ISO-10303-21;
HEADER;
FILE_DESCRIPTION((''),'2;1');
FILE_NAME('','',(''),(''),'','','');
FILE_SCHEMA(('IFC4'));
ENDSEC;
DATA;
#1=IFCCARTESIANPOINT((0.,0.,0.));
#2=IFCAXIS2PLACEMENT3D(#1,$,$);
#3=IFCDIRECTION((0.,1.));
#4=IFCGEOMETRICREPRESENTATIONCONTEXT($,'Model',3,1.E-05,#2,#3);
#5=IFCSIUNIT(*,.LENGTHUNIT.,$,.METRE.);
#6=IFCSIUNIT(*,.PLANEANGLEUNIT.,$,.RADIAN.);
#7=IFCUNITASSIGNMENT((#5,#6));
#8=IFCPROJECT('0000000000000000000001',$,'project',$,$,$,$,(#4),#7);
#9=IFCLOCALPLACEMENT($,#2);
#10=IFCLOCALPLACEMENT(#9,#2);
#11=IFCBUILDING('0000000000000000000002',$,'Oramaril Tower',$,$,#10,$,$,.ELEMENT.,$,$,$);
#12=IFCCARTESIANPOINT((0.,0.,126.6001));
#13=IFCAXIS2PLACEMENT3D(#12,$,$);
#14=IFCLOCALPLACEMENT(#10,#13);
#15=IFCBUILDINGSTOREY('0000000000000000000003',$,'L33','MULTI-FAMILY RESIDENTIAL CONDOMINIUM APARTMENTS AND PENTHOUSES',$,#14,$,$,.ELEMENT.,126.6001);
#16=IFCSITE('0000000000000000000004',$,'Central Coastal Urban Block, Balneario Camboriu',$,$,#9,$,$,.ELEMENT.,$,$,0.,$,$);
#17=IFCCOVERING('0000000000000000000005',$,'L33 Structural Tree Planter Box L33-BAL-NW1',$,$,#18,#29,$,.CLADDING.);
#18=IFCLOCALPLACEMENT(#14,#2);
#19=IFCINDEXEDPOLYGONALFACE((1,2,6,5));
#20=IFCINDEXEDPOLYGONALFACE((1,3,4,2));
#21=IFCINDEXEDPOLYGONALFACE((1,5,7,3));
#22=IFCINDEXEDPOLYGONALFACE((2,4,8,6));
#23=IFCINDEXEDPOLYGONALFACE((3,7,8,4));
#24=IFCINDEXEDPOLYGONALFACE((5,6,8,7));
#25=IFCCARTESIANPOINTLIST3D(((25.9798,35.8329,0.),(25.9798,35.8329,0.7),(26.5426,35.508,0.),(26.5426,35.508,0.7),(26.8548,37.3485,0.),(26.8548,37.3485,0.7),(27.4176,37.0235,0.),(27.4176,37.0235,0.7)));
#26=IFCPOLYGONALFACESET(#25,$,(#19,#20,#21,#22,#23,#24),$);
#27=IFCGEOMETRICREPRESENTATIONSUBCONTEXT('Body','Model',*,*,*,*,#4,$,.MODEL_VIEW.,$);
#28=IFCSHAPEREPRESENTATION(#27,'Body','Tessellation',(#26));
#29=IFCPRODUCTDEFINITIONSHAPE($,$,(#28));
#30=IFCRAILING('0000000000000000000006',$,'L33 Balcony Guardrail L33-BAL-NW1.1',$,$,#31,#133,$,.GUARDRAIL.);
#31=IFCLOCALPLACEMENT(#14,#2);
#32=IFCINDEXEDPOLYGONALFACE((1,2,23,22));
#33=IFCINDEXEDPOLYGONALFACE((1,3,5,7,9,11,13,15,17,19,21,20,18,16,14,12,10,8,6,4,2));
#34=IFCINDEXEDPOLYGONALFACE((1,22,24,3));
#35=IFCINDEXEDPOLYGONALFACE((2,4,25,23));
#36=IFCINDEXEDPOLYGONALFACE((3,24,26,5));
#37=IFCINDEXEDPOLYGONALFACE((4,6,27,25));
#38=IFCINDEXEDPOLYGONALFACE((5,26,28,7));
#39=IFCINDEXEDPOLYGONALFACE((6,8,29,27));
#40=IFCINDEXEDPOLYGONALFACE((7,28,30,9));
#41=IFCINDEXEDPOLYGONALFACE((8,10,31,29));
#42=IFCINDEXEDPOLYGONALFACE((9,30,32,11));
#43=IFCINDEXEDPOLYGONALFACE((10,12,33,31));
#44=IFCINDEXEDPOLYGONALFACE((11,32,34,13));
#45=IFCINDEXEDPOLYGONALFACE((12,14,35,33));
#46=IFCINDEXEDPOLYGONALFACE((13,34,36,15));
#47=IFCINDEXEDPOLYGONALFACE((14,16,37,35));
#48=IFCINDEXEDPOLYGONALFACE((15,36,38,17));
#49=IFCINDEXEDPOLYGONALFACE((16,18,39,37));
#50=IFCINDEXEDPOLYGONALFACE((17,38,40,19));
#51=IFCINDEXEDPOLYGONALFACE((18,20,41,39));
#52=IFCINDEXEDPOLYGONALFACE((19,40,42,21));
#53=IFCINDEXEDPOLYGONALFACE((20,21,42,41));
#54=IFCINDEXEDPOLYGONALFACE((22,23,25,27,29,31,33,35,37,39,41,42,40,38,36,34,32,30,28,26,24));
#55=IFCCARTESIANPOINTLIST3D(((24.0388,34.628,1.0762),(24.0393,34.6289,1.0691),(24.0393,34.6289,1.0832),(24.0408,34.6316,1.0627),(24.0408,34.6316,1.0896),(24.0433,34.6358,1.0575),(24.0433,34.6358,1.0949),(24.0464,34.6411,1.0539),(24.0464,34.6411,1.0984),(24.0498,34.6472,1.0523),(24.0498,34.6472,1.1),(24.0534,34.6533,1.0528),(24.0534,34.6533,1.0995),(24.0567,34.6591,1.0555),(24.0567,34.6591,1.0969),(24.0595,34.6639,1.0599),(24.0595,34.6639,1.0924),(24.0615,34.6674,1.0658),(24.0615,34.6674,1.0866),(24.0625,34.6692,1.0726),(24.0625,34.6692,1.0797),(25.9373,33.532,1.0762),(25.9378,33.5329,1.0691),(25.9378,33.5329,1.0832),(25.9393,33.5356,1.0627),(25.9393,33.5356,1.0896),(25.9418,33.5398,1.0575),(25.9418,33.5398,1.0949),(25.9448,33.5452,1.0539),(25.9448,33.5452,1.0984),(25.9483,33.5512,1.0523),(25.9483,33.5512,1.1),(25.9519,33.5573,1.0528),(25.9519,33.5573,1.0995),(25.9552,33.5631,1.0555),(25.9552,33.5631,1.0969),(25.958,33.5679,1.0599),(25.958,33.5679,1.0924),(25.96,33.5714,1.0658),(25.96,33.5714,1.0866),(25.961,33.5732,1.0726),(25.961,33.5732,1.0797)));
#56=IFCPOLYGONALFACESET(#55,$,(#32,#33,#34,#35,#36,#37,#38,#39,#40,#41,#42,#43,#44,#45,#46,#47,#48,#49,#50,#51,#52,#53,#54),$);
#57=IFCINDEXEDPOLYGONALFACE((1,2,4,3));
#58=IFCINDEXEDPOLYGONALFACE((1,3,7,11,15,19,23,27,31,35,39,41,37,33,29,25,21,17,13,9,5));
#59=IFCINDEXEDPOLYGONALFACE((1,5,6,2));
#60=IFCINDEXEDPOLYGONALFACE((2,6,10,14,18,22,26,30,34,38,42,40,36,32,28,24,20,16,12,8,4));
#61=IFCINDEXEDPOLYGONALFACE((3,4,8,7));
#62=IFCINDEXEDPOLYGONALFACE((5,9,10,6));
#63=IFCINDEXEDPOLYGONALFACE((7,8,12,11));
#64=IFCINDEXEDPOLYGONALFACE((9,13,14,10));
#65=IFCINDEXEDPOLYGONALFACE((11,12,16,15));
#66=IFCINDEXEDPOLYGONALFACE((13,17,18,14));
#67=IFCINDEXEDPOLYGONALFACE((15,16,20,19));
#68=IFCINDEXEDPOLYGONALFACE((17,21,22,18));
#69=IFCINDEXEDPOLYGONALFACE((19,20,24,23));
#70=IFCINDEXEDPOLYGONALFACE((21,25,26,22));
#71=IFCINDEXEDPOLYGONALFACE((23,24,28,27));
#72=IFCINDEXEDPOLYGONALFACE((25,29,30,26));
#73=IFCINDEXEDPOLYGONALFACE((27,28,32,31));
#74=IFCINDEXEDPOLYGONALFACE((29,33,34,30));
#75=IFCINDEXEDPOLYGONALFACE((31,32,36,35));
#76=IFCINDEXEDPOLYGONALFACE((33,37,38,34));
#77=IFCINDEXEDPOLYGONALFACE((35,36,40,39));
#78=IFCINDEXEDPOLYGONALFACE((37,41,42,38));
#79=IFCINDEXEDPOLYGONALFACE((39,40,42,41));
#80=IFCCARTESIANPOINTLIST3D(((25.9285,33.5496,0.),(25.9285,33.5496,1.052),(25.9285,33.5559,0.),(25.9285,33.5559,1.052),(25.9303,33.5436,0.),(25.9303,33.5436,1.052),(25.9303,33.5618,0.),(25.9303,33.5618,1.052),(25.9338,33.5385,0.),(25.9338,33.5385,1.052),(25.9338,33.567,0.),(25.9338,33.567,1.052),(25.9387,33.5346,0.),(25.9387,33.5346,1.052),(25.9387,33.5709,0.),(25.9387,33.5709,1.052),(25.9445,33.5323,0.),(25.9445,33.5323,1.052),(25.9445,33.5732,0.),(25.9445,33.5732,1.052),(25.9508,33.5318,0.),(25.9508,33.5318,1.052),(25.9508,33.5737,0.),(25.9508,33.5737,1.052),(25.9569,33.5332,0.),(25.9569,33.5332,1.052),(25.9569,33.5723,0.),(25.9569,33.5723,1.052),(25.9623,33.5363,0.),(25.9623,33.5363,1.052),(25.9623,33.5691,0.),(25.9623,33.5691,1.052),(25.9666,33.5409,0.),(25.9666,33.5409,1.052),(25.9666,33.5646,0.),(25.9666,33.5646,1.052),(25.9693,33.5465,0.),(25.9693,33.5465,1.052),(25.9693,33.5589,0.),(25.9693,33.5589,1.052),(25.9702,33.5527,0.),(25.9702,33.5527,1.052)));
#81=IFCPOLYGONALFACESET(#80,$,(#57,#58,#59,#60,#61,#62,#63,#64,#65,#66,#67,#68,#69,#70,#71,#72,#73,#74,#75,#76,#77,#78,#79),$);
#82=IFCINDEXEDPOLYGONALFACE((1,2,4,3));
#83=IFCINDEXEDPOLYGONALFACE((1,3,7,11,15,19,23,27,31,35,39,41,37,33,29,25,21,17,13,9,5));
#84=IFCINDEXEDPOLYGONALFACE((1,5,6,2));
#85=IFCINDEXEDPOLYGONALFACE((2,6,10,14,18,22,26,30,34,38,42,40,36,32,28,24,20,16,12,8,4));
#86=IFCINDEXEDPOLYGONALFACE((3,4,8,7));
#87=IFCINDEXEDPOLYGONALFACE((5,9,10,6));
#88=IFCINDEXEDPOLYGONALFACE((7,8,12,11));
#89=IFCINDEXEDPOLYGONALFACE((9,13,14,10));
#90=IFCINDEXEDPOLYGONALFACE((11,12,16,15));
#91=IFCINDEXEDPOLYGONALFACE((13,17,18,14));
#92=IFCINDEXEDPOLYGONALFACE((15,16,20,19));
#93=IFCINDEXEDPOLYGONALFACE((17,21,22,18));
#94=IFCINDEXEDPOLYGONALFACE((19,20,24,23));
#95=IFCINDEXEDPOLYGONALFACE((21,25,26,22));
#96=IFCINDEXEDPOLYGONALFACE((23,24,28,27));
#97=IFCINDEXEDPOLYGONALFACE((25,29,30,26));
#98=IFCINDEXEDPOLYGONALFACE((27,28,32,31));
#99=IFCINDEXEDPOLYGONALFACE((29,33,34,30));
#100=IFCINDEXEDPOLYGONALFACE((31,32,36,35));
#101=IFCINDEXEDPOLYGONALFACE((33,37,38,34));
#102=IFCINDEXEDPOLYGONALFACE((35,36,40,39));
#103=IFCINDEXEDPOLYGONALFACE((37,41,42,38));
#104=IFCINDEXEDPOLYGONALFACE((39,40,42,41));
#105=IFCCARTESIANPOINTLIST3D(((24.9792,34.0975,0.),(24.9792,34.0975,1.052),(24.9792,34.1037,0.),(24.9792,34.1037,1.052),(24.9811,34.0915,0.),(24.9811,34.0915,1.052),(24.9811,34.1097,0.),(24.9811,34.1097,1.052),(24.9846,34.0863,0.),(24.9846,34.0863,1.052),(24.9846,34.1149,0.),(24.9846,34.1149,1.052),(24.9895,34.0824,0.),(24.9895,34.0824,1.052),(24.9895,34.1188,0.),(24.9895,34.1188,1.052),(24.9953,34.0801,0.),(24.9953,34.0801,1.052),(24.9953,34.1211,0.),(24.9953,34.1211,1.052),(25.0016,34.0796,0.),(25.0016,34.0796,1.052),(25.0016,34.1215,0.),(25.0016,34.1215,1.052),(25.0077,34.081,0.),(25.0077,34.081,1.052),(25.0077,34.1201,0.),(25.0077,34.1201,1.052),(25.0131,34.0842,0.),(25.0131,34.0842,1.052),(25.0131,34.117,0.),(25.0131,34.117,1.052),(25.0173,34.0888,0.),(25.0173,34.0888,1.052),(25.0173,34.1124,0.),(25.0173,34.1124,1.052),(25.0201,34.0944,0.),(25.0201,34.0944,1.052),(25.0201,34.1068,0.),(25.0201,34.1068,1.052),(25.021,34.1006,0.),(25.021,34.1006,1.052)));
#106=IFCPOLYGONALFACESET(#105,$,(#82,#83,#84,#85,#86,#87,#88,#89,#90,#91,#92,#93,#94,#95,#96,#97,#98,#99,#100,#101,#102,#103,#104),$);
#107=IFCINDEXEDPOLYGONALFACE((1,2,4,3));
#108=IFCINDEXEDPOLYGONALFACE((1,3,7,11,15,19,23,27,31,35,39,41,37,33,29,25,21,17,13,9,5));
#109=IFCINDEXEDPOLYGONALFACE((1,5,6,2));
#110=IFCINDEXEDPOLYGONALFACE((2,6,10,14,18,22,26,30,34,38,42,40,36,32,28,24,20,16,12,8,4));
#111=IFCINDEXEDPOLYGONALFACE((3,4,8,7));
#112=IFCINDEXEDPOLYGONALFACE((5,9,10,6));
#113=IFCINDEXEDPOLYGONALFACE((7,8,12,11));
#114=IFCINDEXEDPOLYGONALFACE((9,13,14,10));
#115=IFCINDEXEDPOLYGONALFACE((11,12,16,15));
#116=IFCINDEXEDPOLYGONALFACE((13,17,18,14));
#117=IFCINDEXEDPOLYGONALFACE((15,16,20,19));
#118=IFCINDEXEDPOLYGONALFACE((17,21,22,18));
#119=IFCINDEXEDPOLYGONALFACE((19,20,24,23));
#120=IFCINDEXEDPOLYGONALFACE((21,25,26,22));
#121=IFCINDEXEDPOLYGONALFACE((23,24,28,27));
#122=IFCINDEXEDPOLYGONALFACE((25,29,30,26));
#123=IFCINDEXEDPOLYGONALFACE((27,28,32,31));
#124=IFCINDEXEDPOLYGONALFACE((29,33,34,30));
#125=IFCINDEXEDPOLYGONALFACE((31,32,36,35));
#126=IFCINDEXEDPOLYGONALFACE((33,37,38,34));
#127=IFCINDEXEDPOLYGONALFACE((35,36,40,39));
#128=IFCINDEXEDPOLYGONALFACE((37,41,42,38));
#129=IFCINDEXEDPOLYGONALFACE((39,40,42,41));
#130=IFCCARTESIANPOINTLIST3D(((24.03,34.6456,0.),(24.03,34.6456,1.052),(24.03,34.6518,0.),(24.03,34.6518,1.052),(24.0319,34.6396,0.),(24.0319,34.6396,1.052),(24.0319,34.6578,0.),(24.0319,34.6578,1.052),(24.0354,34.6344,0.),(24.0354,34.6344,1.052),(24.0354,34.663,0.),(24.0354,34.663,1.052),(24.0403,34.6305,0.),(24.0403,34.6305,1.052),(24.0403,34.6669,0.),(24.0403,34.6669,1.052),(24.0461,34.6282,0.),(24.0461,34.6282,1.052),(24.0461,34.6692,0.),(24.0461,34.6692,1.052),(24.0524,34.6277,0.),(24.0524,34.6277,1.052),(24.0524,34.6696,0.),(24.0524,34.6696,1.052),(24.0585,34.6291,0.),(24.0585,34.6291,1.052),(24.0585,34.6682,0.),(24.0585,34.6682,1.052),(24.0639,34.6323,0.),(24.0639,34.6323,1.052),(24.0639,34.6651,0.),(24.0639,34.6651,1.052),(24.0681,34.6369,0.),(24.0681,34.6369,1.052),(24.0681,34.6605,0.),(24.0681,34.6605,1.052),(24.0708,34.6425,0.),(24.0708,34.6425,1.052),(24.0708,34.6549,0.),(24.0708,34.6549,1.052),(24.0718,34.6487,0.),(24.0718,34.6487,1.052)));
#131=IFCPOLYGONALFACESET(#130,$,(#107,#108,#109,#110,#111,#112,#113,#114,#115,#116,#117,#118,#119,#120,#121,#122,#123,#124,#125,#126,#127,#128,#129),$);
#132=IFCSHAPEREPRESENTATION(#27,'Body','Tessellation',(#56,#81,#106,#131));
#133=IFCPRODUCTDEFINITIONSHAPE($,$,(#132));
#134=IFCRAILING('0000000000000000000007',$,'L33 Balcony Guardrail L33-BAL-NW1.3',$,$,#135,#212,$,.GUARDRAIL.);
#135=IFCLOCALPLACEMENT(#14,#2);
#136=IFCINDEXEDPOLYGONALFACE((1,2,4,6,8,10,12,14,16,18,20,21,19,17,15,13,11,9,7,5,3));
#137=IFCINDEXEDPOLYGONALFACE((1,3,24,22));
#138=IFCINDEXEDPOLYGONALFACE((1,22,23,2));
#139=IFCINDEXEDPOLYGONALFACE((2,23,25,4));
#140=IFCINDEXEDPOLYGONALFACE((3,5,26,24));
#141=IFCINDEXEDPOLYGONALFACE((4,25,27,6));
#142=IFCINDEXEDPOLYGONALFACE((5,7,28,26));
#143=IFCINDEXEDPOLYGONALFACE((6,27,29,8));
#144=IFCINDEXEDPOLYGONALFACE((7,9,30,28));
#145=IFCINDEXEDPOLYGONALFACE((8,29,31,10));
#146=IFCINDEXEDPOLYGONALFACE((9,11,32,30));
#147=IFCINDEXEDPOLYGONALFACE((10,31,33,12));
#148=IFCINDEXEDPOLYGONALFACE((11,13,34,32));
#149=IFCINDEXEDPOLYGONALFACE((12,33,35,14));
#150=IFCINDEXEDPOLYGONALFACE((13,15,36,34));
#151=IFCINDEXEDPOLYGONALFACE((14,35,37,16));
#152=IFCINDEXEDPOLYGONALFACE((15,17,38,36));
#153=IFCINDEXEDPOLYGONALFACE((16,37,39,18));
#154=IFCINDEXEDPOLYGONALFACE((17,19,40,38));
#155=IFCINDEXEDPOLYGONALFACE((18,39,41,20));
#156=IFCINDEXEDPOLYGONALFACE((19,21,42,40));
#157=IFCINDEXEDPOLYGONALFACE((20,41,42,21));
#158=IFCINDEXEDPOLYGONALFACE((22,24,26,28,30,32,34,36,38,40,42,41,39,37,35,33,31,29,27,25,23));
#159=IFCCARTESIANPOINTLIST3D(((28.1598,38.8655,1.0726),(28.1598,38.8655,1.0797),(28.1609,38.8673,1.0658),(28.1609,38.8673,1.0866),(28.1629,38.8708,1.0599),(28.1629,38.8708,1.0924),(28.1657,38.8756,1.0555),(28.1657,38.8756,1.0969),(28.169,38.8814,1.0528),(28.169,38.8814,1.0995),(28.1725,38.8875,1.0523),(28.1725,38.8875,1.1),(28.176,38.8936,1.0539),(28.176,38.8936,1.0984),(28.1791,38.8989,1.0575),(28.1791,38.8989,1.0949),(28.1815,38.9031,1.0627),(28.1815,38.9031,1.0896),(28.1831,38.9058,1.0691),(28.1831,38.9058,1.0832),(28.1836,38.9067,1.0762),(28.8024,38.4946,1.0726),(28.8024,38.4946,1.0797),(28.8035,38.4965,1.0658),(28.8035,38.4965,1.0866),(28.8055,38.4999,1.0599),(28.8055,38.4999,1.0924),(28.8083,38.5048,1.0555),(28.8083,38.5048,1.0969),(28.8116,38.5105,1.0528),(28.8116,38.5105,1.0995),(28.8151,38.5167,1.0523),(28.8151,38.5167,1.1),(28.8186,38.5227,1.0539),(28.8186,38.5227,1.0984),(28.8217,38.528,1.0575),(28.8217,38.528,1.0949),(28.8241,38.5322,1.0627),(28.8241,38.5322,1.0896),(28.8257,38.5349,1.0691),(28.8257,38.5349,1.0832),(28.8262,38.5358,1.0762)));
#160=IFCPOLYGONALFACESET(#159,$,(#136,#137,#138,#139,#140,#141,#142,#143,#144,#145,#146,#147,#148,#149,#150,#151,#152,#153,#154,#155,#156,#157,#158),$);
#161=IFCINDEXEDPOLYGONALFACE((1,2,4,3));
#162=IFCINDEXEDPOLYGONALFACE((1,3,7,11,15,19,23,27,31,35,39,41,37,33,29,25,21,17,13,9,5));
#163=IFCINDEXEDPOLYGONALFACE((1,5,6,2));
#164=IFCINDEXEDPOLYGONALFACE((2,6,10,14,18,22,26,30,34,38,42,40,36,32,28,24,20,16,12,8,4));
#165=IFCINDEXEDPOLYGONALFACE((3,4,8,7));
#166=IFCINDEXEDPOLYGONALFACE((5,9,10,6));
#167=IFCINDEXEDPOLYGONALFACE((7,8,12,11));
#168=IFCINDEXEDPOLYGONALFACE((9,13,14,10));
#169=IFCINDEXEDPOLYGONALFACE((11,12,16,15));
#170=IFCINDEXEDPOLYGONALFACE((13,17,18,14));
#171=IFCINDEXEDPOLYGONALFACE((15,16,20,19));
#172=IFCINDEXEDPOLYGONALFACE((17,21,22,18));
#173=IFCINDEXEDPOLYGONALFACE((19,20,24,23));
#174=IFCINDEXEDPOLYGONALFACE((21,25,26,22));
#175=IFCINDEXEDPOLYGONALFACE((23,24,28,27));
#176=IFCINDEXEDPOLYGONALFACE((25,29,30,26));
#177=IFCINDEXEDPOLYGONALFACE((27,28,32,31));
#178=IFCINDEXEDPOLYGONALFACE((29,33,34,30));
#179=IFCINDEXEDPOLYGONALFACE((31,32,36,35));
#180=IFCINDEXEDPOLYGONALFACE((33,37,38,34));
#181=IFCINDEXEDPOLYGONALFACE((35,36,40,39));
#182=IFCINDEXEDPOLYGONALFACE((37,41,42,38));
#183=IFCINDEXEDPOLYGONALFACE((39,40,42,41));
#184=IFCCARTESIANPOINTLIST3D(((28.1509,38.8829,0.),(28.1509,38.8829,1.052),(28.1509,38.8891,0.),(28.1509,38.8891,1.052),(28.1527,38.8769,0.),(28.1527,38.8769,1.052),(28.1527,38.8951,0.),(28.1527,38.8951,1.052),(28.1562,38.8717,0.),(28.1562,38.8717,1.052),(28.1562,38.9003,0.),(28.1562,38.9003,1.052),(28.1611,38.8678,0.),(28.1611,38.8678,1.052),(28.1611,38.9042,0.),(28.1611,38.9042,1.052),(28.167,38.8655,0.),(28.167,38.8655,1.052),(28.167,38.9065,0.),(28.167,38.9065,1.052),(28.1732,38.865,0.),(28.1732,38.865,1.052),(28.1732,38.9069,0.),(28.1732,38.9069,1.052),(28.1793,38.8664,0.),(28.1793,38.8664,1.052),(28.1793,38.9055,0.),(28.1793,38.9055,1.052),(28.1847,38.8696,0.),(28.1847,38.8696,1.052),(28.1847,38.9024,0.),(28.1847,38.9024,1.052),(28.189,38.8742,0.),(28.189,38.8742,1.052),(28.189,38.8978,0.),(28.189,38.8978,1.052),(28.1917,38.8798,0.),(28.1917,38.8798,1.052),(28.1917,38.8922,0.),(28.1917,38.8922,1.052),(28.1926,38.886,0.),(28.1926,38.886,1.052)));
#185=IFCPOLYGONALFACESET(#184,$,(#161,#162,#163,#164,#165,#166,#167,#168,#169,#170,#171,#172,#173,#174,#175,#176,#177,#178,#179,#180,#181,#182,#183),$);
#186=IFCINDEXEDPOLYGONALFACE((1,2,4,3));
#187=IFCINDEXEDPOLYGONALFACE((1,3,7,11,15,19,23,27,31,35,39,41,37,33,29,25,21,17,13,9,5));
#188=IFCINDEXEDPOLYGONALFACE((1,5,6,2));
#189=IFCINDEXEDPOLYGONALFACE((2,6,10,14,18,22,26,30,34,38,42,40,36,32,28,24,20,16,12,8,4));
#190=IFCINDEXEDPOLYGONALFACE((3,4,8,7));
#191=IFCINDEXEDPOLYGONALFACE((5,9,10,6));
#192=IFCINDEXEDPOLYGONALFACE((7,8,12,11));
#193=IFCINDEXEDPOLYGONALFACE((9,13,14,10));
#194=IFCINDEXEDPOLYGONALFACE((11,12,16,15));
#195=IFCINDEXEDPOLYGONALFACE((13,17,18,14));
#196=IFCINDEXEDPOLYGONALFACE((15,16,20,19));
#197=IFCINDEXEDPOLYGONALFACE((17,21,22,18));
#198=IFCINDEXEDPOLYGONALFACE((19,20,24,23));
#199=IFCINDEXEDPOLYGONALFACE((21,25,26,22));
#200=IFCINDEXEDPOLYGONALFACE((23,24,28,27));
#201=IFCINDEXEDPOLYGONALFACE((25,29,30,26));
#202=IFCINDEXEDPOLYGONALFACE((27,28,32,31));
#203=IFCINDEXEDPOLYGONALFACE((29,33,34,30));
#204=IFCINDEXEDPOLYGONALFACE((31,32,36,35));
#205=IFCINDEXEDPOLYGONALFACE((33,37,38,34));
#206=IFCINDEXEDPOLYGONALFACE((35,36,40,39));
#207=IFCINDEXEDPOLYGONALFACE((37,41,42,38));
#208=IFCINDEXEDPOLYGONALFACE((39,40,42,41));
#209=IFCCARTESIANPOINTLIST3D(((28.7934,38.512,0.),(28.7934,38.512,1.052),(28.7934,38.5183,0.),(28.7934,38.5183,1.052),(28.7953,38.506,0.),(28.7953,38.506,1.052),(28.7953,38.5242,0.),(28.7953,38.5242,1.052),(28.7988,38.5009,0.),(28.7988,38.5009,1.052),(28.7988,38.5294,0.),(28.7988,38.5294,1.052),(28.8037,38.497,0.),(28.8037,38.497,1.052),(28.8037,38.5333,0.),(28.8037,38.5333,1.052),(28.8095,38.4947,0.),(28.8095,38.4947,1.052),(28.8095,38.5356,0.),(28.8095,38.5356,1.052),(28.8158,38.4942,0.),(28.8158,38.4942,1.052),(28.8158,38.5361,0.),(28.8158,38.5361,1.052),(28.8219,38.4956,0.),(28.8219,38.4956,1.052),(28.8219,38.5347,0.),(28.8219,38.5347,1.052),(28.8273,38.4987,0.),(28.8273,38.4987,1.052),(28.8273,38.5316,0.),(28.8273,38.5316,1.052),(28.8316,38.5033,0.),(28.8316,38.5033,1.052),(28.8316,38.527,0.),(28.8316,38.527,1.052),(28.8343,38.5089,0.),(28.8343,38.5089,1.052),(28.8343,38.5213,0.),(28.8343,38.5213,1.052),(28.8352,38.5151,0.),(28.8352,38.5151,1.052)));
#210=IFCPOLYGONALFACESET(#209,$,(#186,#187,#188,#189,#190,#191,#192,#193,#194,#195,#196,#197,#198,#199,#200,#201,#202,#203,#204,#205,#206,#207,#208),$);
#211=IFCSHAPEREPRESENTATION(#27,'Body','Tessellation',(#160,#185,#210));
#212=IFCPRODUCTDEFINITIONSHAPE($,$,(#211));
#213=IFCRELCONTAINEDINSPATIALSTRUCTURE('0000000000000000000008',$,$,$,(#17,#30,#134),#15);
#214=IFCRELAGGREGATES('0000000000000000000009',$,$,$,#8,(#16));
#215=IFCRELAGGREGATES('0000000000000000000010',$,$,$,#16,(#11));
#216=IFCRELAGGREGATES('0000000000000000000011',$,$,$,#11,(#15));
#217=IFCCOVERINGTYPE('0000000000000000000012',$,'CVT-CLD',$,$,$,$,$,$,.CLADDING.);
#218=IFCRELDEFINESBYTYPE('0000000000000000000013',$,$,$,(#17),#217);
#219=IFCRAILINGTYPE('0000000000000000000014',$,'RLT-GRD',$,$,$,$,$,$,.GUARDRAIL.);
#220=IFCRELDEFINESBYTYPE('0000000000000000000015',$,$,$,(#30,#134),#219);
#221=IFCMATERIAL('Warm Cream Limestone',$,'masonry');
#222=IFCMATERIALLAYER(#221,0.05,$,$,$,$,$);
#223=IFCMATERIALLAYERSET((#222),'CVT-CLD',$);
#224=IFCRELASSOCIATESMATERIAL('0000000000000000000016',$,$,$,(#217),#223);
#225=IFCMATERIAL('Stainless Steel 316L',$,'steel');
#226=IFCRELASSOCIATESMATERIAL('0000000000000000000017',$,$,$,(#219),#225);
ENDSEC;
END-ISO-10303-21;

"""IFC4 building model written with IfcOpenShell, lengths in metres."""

from ifc_helpers import new_model, si_unit, direction, frame, origin, origin_2d, place, context, subcontext, project, spatial, rectangle, circle, extrude, material, layer, layer_set, type_object, element, save


model = new_model("IFC4")

# Units and contexts
model_context = context("Model", 3, precision=1e-05, world=origin(), true_north=direction((0.0, 1.0)))
body_context = subcontext(model_context, "Body", "Model", "MODEL_VIEW")
ifc_project = project(units=[si_unit("LENGTHUNIT", "METRE"), si_unit("PLANEANGLEUNIT", "RADIAN")], contexts=[model_context])

# Site, building, storey
site_placement = place(None, origin())
site = spatial("IfcSite", under=ifc_project, at=site_placement, Name="Central Coastal Urban Block, Balneario Camboriu", CompositionType="ELEMENT", RefElevation=0.0)
building_placement = place(site_placement, origin())
building = spatial("IfcBuilding", under=site, at=building_placement, Name="Oramaril Tower", CompositionType="ELEMENT")
storey_placement = place(building_placement, frame((0.0, 0.0, 126.6001)))
storey = spatial("IfcBuildingStorey", under=building, at=storey_placement, Name="L33", Description="MULTI-FAMILY RESIDENTIAL CONDOMINIUM APARTMENTS AND PENTHOUSES", CompositionType="ELEMENT", Elevation=126.6001)

# Covering
ifc_material_1 = material(Name="Warm Cream Limestone", Category="masonry")
ifc_layer_1 = layer(ifc_material_1, 0.05)
ifc_layer_set_1 = layer_set([ifc_layer_1], Name="CVT-CLD")
covering_type = type_object("IfcCoveringType", Name="CVT-CLD", PredefinedType="CLADDING", material=ifc_layer_set_1)
covering_1_placement = place(storey_placement, frame((26.6987, 36.4282, 0.0), z_axis=(0.0, 0.0, 1.0), x_axis=(-0.499998, -0.866026, 0.0)))
element("IfcCovering", 1, at=covering_1_placement, inside=storey, type_object=covering_type, Name="L33 Structural Tree Planter Box L33-BAL-NW1", PredefinedType="CLADDING", context=body_context, shape_type="SweptSolid", body=[
    extrude(rectangle(XDim=1.75, YDim=0.6499, at=origin_2d()), origin(), (0.0, 0.0, 1.0), 0.7),
])

# Railings
ifc_material_2 = material(Name="Stainless Steel 316L", Category="steel")
railing_type = type_object("IfcRailingType", Name="RLT-GRD", PredefinedType="GUARDRAIL", material=ifc_material_2)
railing_1_placement = place(storey_placement, frame((25.9492, 33.5527, 0.0)))
element("IfcRailing", 2, at=railing_1_placement, inside=storey, type_object=railing_type, Name="L33 Balcony Guardrail L33-BAL-NW1.1", PredefinedType="GUARDRAIL", context=body_context, shape_type="SweptSolid", body=[
    extrude(circle(Radius=0.0239, at=origin_2d()), frame((0.0, 0.0, 1.0762), z_axis=(-0.866048, 0.49996, 0.0), x_axis=(-0.49996, -0.866048, 0.0)), (0.0, 0.0, 1.0), 2.1921),
    extrude(circle(Radius=0.021, at=origin_2d()), origin(), (0.0, 0.0, 1.0), 1.052),
    extrude(circle(Radius=0.021, at=origin_2d()), frame((-0.9492, 0.5479, 0.0)), (0.0, 0.0, 1.0), 1.052),
    extrude(circle(Radius=0.021, at=origin_2d()), frame((-1.8984, 1.0959, 0.0)), (0.0, 0.0, 1.0), 1.052),
])
railing_2_placement = place(storey_placement, frame((28.1716, 38.886, 0.0)))
element("IfcRailing", 3, at=railing_2_placement, inside=storey, type_object=railing_type, Name="L33 Balcony Guardrail L33-BAL-NW1.3", PredefinedType="GUARDRAIL", context=body_context, shape_type="SweptSolid", body=[
    extrude(circle(Radius=0.0239, at=origin_2d()), frame((0.0, 0.0, 1.0762), z_axis=(0.866109, -0.499855, 0.0), x_axis=(0.499855, 0.866109, 0.0)), (0.0, 0.0, 1.0), 0.7419),
    extrude(circle(Radius=0.021, at=origin_2d()), origin(), (0.0, 0.0, 1.0), 1.052),
    extrude(circle(Radius=0.021, at=origin_2d()), frame((0.6426, -0.3708, 0.0)), (0.0, 0.0, 1.0), 1.052),
])

save(model, "model.ifc")
